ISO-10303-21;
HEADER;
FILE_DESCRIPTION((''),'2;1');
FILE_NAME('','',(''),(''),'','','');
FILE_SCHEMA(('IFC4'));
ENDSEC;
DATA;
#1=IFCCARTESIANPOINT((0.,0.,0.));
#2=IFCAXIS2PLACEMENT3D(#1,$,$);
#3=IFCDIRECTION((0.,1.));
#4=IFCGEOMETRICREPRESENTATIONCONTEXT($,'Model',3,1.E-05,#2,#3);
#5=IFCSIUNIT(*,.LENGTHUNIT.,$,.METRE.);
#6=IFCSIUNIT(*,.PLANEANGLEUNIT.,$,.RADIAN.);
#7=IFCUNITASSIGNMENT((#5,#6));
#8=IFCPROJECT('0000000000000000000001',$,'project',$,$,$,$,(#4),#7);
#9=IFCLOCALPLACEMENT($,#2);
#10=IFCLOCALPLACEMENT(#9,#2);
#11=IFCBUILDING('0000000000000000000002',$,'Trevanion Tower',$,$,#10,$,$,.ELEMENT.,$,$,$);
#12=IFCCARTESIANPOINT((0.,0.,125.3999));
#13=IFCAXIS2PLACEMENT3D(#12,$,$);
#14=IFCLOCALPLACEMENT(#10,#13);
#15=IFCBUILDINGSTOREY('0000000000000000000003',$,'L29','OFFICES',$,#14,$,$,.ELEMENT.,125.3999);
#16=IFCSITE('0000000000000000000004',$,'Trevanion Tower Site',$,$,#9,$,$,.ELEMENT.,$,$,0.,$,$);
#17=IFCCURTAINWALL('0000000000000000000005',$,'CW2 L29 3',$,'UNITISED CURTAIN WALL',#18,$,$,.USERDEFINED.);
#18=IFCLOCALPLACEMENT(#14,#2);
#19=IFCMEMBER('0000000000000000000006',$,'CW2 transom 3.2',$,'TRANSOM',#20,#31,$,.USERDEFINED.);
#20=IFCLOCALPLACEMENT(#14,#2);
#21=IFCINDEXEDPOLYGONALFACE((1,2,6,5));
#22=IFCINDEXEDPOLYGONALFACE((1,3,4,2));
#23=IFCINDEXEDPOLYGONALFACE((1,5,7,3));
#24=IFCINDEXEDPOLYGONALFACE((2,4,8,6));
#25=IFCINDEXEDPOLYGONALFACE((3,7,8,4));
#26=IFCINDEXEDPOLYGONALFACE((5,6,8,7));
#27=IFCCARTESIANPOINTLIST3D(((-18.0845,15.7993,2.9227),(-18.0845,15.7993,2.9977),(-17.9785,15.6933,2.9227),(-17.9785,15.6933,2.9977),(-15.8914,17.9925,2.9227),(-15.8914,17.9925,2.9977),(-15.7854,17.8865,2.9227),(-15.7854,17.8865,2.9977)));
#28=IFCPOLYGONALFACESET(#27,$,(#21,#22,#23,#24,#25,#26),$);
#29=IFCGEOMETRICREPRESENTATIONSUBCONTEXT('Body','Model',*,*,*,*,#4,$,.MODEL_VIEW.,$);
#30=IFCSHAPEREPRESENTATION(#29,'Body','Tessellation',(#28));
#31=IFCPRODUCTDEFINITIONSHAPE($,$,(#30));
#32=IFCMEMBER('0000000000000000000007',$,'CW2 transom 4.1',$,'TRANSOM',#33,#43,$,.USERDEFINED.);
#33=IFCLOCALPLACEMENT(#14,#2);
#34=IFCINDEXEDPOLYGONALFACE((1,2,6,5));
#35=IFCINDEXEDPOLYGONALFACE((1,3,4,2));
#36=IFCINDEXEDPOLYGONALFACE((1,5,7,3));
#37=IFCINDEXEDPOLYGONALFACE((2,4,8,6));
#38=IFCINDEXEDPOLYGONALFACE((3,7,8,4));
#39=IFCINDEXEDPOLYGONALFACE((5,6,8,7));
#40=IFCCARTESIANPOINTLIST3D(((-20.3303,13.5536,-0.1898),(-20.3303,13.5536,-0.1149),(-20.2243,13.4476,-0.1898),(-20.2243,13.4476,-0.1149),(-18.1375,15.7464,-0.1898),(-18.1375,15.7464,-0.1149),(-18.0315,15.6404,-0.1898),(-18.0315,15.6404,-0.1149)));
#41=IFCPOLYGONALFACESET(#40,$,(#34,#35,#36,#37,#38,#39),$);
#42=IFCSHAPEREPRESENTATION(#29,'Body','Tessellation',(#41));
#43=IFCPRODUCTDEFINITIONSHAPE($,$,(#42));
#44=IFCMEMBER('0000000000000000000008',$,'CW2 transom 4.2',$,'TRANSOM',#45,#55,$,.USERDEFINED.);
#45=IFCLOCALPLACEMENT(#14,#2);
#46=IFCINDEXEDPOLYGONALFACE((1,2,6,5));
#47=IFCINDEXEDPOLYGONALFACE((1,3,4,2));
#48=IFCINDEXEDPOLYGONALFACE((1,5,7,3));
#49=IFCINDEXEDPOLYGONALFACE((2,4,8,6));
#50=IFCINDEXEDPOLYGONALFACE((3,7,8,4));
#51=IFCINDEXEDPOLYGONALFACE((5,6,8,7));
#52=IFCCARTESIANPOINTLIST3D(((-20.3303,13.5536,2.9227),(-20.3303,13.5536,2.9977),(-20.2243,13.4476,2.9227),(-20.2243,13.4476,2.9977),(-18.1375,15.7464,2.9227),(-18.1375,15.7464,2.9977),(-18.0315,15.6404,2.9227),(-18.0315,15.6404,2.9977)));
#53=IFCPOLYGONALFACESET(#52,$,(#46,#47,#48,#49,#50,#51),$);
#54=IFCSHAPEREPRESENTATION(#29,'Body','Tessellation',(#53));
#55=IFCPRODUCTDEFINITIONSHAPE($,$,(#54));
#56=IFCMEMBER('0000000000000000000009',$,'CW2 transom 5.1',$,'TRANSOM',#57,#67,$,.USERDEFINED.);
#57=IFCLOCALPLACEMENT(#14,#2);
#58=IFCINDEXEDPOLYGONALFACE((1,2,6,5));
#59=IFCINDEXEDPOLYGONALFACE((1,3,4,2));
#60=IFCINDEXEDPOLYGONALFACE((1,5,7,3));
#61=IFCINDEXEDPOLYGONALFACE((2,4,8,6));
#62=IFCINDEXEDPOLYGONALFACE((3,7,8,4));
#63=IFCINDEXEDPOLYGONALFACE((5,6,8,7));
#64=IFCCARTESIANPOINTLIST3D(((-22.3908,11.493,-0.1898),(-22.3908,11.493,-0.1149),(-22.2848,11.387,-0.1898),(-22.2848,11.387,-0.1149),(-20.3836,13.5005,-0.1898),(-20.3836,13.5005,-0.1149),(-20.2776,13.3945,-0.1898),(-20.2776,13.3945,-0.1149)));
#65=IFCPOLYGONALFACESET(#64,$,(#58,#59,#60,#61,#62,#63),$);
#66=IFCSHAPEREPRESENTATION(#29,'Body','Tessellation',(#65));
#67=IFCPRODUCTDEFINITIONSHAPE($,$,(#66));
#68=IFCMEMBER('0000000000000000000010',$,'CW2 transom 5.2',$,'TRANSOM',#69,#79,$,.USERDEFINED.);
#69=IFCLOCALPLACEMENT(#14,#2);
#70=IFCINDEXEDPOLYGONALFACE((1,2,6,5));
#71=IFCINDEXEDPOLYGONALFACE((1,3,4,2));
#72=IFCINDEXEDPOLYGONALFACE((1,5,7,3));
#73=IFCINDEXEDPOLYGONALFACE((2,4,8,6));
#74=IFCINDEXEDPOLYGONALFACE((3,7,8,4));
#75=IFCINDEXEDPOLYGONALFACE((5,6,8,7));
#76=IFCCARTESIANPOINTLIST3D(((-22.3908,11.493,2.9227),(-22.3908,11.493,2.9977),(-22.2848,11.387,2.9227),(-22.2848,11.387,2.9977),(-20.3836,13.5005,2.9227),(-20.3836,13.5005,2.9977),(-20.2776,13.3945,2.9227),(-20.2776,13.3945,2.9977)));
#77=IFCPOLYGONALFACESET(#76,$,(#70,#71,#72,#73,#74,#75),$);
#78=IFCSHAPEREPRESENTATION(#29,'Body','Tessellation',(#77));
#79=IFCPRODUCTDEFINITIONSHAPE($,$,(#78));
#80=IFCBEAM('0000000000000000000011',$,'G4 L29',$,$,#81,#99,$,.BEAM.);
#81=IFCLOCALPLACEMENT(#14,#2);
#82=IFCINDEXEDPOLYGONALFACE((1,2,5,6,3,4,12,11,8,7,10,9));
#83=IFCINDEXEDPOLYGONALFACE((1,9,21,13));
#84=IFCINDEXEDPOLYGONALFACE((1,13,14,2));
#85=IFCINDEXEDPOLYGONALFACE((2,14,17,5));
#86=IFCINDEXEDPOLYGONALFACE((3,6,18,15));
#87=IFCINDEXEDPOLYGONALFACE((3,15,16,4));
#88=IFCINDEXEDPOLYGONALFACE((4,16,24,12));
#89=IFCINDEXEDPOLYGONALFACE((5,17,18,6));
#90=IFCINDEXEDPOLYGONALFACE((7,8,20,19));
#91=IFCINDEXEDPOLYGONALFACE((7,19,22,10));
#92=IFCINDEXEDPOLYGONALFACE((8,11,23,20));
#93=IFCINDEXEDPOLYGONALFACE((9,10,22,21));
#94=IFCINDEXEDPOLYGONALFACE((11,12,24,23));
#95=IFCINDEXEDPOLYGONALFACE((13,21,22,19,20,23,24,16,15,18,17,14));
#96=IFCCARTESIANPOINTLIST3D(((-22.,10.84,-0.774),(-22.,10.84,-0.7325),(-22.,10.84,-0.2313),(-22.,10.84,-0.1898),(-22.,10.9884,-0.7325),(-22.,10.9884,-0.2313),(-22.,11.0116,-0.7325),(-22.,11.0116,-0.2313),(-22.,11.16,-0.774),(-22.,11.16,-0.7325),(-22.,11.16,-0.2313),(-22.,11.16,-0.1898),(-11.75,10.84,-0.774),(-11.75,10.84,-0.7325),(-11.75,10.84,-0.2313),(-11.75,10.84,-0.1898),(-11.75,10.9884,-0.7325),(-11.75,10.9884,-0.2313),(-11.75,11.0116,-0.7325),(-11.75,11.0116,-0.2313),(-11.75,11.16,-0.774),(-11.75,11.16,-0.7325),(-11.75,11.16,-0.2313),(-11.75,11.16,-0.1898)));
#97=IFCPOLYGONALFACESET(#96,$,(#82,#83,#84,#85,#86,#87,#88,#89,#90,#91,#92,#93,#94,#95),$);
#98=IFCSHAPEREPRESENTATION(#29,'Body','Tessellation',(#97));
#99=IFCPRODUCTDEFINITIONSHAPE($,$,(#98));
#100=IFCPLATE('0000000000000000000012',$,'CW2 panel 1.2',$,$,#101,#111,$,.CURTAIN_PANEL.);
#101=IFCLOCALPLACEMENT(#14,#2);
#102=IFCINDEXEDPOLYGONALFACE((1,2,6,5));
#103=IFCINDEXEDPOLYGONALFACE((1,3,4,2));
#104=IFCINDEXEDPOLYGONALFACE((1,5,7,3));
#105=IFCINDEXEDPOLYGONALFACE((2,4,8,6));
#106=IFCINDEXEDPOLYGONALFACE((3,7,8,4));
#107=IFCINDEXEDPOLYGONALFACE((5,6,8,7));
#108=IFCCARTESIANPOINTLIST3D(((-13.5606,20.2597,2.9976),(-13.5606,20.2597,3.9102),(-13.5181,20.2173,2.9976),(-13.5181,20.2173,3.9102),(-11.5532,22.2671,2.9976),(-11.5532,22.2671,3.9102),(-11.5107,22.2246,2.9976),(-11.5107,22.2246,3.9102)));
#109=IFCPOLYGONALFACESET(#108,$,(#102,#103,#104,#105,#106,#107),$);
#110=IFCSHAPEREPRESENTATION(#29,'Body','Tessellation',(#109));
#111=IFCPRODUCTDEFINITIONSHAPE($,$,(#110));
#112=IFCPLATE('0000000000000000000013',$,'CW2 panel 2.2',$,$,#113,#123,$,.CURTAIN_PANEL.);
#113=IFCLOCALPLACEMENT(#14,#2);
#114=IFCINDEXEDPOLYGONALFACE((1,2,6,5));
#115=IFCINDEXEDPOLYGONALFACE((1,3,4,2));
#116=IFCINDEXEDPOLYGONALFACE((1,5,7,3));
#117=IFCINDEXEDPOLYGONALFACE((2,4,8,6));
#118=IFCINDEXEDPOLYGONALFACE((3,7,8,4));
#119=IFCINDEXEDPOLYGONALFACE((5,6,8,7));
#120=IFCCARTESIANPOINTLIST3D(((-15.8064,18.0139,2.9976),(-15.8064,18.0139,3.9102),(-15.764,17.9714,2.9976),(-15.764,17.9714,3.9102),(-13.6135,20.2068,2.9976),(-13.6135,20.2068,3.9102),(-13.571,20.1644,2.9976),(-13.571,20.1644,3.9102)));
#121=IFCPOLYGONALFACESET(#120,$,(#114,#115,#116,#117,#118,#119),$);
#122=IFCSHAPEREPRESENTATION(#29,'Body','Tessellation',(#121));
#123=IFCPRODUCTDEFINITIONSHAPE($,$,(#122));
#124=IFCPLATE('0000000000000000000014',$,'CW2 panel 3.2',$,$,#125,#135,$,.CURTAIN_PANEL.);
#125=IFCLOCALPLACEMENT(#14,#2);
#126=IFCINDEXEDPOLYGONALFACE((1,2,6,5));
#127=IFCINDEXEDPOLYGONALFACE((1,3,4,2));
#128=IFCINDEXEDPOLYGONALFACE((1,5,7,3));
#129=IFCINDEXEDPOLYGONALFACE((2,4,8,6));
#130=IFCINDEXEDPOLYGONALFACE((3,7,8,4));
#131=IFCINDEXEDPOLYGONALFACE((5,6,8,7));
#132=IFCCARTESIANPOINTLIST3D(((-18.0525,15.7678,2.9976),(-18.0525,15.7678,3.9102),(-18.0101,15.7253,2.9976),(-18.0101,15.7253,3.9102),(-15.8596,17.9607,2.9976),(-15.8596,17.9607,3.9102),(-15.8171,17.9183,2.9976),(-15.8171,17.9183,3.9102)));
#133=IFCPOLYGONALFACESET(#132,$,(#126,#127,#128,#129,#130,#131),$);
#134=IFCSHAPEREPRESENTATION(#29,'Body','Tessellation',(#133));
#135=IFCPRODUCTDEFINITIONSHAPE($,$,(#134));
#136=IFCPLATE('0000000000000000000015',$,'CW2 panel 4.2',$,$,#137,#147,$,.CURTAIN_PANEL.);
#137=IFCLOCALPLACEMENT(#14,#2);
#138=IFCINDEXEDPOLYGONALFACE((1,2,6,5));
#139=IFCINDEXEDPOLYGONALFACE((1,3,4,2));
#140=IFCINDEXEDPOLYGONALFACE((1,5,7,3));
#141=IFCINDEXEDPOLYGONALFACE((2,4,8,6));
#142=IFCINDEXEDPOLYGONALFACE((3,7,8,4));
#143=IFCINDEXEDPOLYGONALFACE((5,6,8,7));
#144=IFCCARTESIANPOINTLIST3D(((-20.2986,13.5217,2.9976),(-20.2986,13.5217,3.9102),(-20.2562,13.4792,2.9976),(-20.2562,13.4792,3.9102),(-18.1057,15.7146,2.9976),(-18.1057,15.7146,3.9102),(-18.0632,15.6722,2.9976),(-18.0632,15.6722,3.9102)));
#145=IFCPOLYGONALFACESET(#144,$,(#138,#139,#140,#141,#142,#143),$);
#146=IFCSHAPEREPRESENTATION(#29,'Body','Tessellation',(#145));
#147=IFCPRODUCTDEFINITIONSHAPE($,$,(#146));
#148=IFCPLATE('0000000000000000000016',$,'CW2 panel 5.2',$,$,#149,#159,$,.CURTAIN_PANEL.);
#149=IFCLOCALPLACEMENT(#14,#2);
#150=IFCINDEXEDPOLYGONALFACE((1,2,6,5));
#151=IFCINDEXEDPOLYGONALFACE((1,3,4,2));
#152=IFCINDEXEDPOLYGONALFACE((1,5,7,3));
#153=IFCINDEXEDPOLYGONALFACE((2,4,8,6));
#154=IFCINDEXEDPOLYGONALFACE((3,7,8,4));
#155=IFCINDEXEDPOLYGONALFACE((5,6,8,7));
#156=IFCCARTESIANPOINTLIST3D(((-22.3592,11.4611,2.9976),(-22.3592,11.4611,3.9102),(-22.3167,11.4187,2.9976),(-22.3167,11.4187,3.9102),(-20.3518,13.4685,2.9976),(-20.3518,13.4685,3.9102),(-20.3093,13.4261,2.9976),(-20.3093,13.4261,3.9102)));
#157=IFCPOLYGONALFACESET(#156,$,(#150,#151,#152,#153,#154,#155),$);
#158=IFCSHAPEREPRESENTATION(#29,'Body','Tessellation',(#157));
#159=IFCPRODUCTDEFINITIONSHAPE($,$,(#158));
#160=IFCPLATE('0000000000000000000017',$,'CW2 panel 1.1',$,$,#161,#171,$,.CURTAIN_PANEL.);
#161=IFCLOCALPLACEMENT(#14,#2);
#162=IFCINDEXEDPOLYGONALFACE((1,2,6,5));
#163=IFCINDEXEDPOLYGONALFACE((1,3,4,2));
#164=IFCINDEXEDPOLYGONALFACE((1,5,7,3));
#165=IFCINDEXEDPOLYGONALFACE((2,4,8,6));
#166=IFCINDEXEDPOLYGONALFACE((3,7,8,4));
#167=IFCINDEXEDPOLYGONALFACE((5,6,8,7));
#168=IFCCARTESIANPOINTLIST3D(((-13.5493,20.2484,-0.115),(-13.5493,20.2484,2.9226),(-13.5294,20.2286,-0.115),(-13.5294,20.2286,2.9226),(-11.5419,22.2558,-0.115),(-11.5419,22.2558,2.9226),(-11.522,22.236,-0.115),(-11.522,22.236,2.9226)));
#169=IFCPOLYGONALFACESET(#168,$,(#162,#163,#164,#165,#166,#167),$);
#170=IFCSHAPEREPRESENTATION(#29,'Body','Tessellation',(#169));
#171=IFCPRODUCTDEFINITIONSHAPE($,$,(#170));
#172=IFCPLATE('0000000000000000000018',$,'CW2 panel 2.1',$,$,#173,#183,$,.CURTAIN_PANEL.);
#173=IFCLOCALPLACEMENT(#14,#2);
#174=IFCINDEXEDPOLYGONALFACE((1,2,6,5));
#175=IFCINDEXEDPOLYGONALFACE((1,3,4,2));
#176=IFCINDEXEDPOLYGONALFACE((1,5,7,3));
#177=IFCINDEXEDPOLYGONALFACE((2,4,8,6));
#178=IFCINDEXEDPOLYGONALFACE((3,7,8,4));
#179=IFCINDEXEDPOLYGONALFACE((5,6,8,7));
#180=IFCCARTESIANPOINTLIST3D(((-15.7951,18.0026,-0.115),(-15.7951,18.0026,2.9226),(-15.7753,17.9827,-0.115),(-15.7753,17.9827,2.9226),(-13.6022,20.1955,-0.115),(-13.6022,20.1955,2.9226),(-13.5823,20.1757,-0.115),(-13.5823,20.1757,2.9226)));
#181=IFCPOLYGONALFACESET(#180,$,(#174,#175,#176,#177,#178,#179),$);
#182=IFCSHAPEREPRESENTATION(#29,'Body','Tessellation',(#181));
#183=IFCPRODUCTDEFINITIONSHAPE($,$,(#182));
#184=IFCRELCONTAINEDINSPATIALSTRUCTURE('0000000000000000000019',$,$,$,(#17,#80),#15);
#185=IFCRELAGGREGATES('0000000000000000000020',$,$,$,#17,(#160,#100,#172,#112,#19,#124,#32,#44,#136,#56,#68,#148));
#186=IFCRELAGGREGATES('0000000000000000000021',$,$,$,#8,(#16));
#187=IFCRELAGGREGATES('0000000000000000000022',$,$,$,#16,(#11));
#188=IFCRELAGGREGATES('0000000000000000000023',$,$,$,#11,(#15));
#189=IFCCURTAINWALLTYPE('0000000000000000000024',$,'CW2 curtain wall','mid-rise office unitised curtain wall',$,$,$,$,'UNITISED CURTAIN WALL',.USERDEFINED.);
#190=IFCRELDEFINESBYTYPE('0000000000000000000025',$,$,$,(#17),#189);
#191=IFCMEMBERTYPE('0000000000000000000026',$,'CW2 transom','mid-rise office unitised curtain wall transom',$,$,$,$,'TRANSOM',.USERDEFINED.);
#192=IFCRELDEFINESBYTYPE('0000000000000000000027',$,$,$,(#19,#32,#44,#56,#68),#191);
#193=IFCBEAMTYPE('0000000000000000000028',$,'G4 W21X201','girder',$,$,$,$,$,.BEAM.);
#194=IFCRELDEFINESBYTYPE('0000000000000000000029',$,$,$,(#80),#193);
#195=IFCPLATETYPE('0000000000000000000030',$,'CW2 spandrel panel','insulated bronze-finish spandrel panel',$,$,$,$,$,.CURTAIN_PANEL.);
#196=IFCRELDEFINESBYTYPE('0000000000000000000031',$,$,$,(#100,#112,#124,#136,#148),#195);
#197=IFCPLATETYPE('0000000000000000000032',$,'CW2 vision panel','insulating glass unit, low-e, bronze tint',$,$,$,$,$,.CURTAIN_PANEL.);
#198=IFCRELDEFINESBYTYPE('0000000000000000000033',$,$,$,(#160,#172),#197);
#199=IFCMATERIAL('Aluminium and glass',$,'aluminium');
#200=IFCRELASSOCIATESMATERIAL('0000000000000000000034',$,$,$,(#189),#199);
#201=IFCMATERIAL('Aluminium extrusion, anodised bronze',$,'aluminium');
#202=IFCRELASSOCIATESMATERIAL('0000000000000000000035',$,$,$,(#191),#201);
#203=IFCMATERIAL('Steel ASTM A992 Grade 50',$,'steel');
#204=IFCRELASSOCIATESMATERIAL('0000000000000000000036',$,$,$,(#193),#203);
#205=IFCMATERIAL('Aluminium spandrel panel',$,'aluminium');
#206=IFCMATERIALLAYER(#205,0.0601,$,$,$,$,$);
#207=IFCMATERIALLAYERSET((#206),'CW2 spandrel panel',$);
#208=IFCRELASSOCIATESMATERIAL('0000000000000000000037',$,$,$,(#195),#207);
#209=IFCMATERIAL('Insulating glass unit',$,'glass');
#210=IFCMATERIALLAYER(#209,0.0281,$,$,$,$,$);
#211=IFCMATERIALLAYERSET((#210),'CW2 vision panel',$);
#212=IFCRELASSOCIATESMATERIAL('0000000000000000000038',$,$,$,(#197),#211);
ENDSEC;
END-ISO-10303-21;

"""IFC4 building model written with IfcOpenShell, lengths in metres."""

from ifc_helpers import new_model, si_unit, direction, frame, origin, origin_2d, place, context, subcontext, project, spatial, rectangle, i_section, extrude, material, layer, layer_set, material_profile, profile_set, type_object, element, aggregate, save


model = new_model("IFC4")

# Units and contexts
model_context = context("Model", 3, precision=1e-05, world=origin(), true_north=direction((0.0, 1.0)))
body_context = subcontext(model_context, "Body", "Model", "MODEL_VIEW")
ifc_project = project(units=[si_unit("LENGTHUNIT", "METRE"), si_unit("PLANEANGLEUNIT", "RADIAN")], contexts=[model_context])

# Site, building, storey
site_placement = place(None, origin())
site = spatial("IfcSite", under=ifc_project, at=site_placement, Name="Trevanion Tower Site", CompositionType="ELEMENT", RefElevation=0.0)
building_placement = place(site_placement, origin())
building = spatial("IfcBuilding", under=site, at=building_placement, Name="Trevanion Tower", CompositionType="ELEMENT")
storey_placement = place(building_placement, frame((0.0, 0.0, 125.3999)))
storey = spatial("IfcBuildingStorey", under=building, at=storey_placement, Name="L29", Description="OFFICES", CompositionType="ELEMENT", Elevation=125.3999)

# Curtain wall
ifc_material_1 = material(Name="Aluminium and glass", Category="aluminium")
curtain_wall_type = type_object("IfcCurtainWallType", Name="CW2 curtain wall", Description="mid-rise office unitised curtain wall", ElementType="UNITISED CURTAIN WALL", PredefinedType="USERDEFINED", material=ifc_material_1)
curtain_wall_1_placement = place(storey_placement, origin())
curtain_wall_1 = element("IfcCurtainWall", 1, at=curtain_wall_1_placement, inside=storey, type_object=curtain_wall_type, Name="CW2 L29 3", ObjectType="UNITISED CURTAIN WALL", PredefinedType="USERDEFINED")

# Members
ifc_material_2 = material(Name="Aluminium extrusion, anodised bronze", Category="aluminium")
ifc_material_profile_1 = material_profile(ifc_material_2, rectangle(XDim=0.1499, YDim=0.075, at=origin_2d()), Name="CW2 transom")
ifc_profile_set_1 = profile_set([ifc_material_profile_1], Name="Aluminium extrusion, anodised bronze")
member_type_1 = type_object("IfcMemberType", Name="CW2 transom", Description="mid-rise office unitised curtain wall transom", ElementType="TRANSOM", PredefinedType="USERDEFINED", material=ifc_profile_set_1)
member_1_placement = place(storey_placement, frame((-15.8384, 17.9395, 2.9602), z_axis=(-0.707107, -0.707107, 0.0), x_axis=(0.707107, -0.707107, 0.0)))
member_1 = element("IfcMember", 2, at=member_1_placement, type_object=member_type_1, Name="CW2 transom 3.2", ObjectType="TRANSOM", PredefinedType="USERDEFINED", context=body_context, shape_type="SweptSolid", body=[
    extrude(rectangle(XDim=0.1499, YDim=0.075, at=origin_2d()), origin(), (0.0, 0.0, 1.0), 3.1016),
])
member_2_placement = place(storey_placement, frame((-18.0845, 15.6934, -0.1523), z_axis=(-0.707107, -0.707107, 0.0), x_axis=(0.707107, -0.707107, 0.0)))
member_2 = element("IfcMember", 3, at=member_2_placement, type_object=member_type_1, Name="CW2 transom 4.1", ObjectType="TRANSOM", PredefinedType="USERDEFINED", context=body_context, shape_type="SweptSolid", body=[
    extrude(rectangle(XDim=0.1499, YDim=0.075, at=origin_2d()), origin(), (0.0, 0.0, 1.0), 3.1011),
])
member_3_placement = place(storey_placement, frame((-18.0845, 15.6934, 2.9602), z_axis=(-0.707107, -0.707107, 0.0), x_axis=(0.707107, -0.707107, 0.0)))
member_3 = element("IfcMember", 4, at=member_3_placement, type_object=member_type_1, Name="CW2 transom 4.2", ObjectType="TRANSOM", PredefinedType="USERDEFINED", context=body_context, shape_type="SweptSolid", body=[
    extrude(rectangle(XDim=0.1499, YDim=0.075, at=origin_2d()), origin(), (0.0, 0.0, 1.0), 3.1011),
])
member_4_placement = place(storey_placement, frame((-20.3306, 13.4475, -0.1523), z_axis=(-0.707064, -0.70715, 0.0), x_axis=(0.70715, -0.707064, 0.0)))
member_4 = element("IfcMember", 5, at=member_4_placement, type_object=member_type_1, Name="CW2 transom 5.1", ObjectType="TRANSOM", PredefinedType="USERDEFINED", context=body_context, shape_type="SweptSolid", body=[
    extrude(rectangle(XDim=0.1499, YDim=0.075, at=origin_2d()), origin(), (0.0, 0.0, 1.0), 2.8389),
])
member_5_placement = place(storey_placement, frame((-20.3306, 13.4475, 2.9602), z_axis=(-0.707064, -0.70715, 0.0), x_axis=(0.70715, -0.707064, 0.0)))
member_5 = element("IfcMember", 6, at=member_5_placement, type_object=member_type_1, Name="CW2 transom 5.2", ObjectType="TRANSOM", PredefinedType="USERDEFINED", context=body_context, shape_type="SweptSolid", body=[
    extrude(rectangle(XDim=0.1499, YDim=0.075, at=origin_2d()), origin(), (0.0, 0.0, 1.0), 2.8389),
])

# Beam
ifc_material_3 = material(Name="Steel ASTM A992 Grade 50", Category="steel")
ifc_material_profile_2 = material_profile(ifc_material_3, i_section(OverallWidth=0.3201, OverallDepth=0.5842, WebThickness=0.0232, FlangeThickness=0.0415, at=origin_2d()), Name="W21X201")
ifc_profile_set_2 = profile_set([ifc_material_profile_2], Name="Steel ASTM A992 Grade 50")
beam_type_1 = type_object("IfcBeamType", Name="G4 W21X201", Description="girder", PredefinedType="BEAM", material=ifc_profile_set_2)
beam_1_placement = place(storey_placement, frame((-11.75, 11.0, -0.4819), z_axis=(-1.0, 0.0, 0.0), x_axis=(0.0, -1.0, 0.0)))
element("IfcBeam", 7, at=beam_1_placement, inside=storey, type_object=beam_type_1, Name="G4 L29", PredefinedType="BEAM", context=body_context, shape_type="SweptSolid", body=[
    extrude(i_section(OverallWidth=0.3201, OverallDepth=0.5842, WebThickness=0.0232, FlangeThickness=0.0415, at=origin_2d()), origin(), (0.0, 0.0, 1.0), 10.25),
])

# Plates
ifc_material_4 = material(Name="Aluminium spandrel panel", Category="aluminium")
ifc_layer_1 = layer(ifc_material_4, 0.0601)
ifc_layer_set_1 = layer_set([ifc_layer_1], Name="CW2 spandrel panel")
plate_type_1 = type_object("IfcPlateType", Name="CW2 spandrel panel", Description="insulated bronze-finish spandrel panel", PredefinedType="CURTAIN_PANEL", material=ifc_layer_set_1)
plate_1_placement = place(storey_placement, frame((-12.5356, 21.2422, 2.9976), z_axis=(0.0, 0.0, 1.0), x_axis=(-0.707107, -0.707107, 0.0)))
plate_1 = element("IfcPlate", 8, at=plate_1_placement, type_object=plate_type_1, Name="CW2 panel 1.2", PredefinedType="CURTAIN_PANEL", context=body_context, shape_type="SweptSolid", body=[
    extrude(rectangle(XDim=2.8389, YDim=0.0601, at=origin_2d()), origin(), (0.0, 0.0, 1.0), 0.9126),
])
plate_2_placement = place(storey_placement, frame((-14.6887, 19.0891, 2.9976), z_axis=(0.0, 0.0, 1.0), x_axis=(-0.707107, -0.707107, 0.0)))
plate_2 = element("IfcPlate", 9, at=plate_2_placement, type_object=plate_type_1, Name="CW2 panel 2.2", PredefinedType="CURTAIN_PANEL", context=body_context, shape_type="SweptSolid", body=[
    extrude(rectangle(XDim=3.1013, YDim=0.0601, at=origin_2d()), origin(), (0.0, 0.0, 1.0), 0.9126),
])
plate_3_placement = place(storey_placement, frame((-16.9348, 16.843, 2.9976), z_axis=(0.0, 0.0, 1.0), x_axis=(-0.707107, -0.707107, 0.0)))
plate_3 = element("IfcPlate", 10, at=plate_3_placement, type_object=plate_type_1, Name="CW2 panel 3.2", PredefinedType="CURTAIN_PANEL", context=body_context, shape_type="SweptSolid", body=[
    extrude(rectangle(XDim=3.1013, YDim=0.0601, at=origin_2d()), origin(), (0.0, 0.0, 1.0), 0.9126),
])
plate_4_placement = place(storey_placement, frame((-19.1809, 14.5969, 2.9976), z_axis=(0.0, 0.0, 1.0), x_axis=(-0.707107, -0.707107, 0.0)))
plate_4 = element("IfcPlate", 11, at=plate_4_placement, type_object=plate_type_1, Name="CW2 panel 4.2", PredefinedType="CURTAIN_PANEL", context=body_context, shape_type="SweptSolid", body=[
    extrude(rectangle(XDim=3.1013, YDim=0.0601, at=origin_2d()), origin(), (0.0, 0.0, 1.0), 0.9126),
])
plate_5_placement = place(storey_placement, frame((-21.3342, 12.4436, 2.9976), z_axis=(0.0, 0.0, 1.0), x_axis=(-0.707107, -0.707107, 0.0)))
plate_5 = element("IfcPlate", 12, at=plate_5_placement, type_object=plate_type_1, Name="CW2 panel 5.2", PredefinedType="CURTAIN_PANEL", context=body_context, shape_type="SweptSolid", body=[
    extrude(rectangle(XDim=2.8389, YDim=0.0601, at=origin_2d()), origin(), (0.0, 0.0, 1.0), 0.9126),
])
ifc_material_5 = material(Name="Insulating glass unit", Category="glass")
ifc_layer_2 = layer(ifc_material_5, 0.0281)
ifc_layer_set_2 = layer_set([ifc_layer_2], Name="CW2 vision panel")
plate_type_2 = type_object("IfcPlateType", Name="CW2 vision panel", Description="insulating glass unit, low-e, bronze tint", PredefinedType="CURTAIN_PANEL", material=ifc_layer_set_2)
plate_6_placement = place(storey_placement, frame((-12.5356, 21.2422, -0.115), z_axis=(0.0, 0.0, 1.0), x_axis=(-0.707107, -0.707107, 0.0)))
plate_6 = element("IfcPlate", 13, at=plate_6_placement, type_object=plate_type_2, Name="CW2 panel 1.1", PredefinedType="CURTAIN_PANEL", context=body_context, shape_type="SweptSolid", body=[
    extrude(rectangle(XDim=2.8389, YDim=0.0281, at=origin_2d()), origin(), (0.0, 0.0, 1.0), 3.0376),
])
plate_7_placement = place(storey_placement, frame((-14.6887, 19.0891, -0.115), z_axis=(0.0, 0.0, 1.0), x_axis=(-0.707107, -0.707107, 0.0)))
plate_7 = element("IfcPlate", 14, at=plate_7_placement, type_object=plate_type_2, Name="CW2 panel 2.1", PredefinedType="CURTAIN_PANEL", context=body_context, shape_type="SweptSolid", body=[
    extrude(rectangle(XDim=3.1013, YDim=0.0281, at=origin_2d()), origin(), (0.0, 0.0, 1.0), 3.0376),
])
aggregate(curtain_wall_1, [plate_6, plate_1, plate_7, plate_2, member_1, plate_3, member_2, member_3, plate_4, member_4, member_5, plate_5])

save(model, "model.ifc")
